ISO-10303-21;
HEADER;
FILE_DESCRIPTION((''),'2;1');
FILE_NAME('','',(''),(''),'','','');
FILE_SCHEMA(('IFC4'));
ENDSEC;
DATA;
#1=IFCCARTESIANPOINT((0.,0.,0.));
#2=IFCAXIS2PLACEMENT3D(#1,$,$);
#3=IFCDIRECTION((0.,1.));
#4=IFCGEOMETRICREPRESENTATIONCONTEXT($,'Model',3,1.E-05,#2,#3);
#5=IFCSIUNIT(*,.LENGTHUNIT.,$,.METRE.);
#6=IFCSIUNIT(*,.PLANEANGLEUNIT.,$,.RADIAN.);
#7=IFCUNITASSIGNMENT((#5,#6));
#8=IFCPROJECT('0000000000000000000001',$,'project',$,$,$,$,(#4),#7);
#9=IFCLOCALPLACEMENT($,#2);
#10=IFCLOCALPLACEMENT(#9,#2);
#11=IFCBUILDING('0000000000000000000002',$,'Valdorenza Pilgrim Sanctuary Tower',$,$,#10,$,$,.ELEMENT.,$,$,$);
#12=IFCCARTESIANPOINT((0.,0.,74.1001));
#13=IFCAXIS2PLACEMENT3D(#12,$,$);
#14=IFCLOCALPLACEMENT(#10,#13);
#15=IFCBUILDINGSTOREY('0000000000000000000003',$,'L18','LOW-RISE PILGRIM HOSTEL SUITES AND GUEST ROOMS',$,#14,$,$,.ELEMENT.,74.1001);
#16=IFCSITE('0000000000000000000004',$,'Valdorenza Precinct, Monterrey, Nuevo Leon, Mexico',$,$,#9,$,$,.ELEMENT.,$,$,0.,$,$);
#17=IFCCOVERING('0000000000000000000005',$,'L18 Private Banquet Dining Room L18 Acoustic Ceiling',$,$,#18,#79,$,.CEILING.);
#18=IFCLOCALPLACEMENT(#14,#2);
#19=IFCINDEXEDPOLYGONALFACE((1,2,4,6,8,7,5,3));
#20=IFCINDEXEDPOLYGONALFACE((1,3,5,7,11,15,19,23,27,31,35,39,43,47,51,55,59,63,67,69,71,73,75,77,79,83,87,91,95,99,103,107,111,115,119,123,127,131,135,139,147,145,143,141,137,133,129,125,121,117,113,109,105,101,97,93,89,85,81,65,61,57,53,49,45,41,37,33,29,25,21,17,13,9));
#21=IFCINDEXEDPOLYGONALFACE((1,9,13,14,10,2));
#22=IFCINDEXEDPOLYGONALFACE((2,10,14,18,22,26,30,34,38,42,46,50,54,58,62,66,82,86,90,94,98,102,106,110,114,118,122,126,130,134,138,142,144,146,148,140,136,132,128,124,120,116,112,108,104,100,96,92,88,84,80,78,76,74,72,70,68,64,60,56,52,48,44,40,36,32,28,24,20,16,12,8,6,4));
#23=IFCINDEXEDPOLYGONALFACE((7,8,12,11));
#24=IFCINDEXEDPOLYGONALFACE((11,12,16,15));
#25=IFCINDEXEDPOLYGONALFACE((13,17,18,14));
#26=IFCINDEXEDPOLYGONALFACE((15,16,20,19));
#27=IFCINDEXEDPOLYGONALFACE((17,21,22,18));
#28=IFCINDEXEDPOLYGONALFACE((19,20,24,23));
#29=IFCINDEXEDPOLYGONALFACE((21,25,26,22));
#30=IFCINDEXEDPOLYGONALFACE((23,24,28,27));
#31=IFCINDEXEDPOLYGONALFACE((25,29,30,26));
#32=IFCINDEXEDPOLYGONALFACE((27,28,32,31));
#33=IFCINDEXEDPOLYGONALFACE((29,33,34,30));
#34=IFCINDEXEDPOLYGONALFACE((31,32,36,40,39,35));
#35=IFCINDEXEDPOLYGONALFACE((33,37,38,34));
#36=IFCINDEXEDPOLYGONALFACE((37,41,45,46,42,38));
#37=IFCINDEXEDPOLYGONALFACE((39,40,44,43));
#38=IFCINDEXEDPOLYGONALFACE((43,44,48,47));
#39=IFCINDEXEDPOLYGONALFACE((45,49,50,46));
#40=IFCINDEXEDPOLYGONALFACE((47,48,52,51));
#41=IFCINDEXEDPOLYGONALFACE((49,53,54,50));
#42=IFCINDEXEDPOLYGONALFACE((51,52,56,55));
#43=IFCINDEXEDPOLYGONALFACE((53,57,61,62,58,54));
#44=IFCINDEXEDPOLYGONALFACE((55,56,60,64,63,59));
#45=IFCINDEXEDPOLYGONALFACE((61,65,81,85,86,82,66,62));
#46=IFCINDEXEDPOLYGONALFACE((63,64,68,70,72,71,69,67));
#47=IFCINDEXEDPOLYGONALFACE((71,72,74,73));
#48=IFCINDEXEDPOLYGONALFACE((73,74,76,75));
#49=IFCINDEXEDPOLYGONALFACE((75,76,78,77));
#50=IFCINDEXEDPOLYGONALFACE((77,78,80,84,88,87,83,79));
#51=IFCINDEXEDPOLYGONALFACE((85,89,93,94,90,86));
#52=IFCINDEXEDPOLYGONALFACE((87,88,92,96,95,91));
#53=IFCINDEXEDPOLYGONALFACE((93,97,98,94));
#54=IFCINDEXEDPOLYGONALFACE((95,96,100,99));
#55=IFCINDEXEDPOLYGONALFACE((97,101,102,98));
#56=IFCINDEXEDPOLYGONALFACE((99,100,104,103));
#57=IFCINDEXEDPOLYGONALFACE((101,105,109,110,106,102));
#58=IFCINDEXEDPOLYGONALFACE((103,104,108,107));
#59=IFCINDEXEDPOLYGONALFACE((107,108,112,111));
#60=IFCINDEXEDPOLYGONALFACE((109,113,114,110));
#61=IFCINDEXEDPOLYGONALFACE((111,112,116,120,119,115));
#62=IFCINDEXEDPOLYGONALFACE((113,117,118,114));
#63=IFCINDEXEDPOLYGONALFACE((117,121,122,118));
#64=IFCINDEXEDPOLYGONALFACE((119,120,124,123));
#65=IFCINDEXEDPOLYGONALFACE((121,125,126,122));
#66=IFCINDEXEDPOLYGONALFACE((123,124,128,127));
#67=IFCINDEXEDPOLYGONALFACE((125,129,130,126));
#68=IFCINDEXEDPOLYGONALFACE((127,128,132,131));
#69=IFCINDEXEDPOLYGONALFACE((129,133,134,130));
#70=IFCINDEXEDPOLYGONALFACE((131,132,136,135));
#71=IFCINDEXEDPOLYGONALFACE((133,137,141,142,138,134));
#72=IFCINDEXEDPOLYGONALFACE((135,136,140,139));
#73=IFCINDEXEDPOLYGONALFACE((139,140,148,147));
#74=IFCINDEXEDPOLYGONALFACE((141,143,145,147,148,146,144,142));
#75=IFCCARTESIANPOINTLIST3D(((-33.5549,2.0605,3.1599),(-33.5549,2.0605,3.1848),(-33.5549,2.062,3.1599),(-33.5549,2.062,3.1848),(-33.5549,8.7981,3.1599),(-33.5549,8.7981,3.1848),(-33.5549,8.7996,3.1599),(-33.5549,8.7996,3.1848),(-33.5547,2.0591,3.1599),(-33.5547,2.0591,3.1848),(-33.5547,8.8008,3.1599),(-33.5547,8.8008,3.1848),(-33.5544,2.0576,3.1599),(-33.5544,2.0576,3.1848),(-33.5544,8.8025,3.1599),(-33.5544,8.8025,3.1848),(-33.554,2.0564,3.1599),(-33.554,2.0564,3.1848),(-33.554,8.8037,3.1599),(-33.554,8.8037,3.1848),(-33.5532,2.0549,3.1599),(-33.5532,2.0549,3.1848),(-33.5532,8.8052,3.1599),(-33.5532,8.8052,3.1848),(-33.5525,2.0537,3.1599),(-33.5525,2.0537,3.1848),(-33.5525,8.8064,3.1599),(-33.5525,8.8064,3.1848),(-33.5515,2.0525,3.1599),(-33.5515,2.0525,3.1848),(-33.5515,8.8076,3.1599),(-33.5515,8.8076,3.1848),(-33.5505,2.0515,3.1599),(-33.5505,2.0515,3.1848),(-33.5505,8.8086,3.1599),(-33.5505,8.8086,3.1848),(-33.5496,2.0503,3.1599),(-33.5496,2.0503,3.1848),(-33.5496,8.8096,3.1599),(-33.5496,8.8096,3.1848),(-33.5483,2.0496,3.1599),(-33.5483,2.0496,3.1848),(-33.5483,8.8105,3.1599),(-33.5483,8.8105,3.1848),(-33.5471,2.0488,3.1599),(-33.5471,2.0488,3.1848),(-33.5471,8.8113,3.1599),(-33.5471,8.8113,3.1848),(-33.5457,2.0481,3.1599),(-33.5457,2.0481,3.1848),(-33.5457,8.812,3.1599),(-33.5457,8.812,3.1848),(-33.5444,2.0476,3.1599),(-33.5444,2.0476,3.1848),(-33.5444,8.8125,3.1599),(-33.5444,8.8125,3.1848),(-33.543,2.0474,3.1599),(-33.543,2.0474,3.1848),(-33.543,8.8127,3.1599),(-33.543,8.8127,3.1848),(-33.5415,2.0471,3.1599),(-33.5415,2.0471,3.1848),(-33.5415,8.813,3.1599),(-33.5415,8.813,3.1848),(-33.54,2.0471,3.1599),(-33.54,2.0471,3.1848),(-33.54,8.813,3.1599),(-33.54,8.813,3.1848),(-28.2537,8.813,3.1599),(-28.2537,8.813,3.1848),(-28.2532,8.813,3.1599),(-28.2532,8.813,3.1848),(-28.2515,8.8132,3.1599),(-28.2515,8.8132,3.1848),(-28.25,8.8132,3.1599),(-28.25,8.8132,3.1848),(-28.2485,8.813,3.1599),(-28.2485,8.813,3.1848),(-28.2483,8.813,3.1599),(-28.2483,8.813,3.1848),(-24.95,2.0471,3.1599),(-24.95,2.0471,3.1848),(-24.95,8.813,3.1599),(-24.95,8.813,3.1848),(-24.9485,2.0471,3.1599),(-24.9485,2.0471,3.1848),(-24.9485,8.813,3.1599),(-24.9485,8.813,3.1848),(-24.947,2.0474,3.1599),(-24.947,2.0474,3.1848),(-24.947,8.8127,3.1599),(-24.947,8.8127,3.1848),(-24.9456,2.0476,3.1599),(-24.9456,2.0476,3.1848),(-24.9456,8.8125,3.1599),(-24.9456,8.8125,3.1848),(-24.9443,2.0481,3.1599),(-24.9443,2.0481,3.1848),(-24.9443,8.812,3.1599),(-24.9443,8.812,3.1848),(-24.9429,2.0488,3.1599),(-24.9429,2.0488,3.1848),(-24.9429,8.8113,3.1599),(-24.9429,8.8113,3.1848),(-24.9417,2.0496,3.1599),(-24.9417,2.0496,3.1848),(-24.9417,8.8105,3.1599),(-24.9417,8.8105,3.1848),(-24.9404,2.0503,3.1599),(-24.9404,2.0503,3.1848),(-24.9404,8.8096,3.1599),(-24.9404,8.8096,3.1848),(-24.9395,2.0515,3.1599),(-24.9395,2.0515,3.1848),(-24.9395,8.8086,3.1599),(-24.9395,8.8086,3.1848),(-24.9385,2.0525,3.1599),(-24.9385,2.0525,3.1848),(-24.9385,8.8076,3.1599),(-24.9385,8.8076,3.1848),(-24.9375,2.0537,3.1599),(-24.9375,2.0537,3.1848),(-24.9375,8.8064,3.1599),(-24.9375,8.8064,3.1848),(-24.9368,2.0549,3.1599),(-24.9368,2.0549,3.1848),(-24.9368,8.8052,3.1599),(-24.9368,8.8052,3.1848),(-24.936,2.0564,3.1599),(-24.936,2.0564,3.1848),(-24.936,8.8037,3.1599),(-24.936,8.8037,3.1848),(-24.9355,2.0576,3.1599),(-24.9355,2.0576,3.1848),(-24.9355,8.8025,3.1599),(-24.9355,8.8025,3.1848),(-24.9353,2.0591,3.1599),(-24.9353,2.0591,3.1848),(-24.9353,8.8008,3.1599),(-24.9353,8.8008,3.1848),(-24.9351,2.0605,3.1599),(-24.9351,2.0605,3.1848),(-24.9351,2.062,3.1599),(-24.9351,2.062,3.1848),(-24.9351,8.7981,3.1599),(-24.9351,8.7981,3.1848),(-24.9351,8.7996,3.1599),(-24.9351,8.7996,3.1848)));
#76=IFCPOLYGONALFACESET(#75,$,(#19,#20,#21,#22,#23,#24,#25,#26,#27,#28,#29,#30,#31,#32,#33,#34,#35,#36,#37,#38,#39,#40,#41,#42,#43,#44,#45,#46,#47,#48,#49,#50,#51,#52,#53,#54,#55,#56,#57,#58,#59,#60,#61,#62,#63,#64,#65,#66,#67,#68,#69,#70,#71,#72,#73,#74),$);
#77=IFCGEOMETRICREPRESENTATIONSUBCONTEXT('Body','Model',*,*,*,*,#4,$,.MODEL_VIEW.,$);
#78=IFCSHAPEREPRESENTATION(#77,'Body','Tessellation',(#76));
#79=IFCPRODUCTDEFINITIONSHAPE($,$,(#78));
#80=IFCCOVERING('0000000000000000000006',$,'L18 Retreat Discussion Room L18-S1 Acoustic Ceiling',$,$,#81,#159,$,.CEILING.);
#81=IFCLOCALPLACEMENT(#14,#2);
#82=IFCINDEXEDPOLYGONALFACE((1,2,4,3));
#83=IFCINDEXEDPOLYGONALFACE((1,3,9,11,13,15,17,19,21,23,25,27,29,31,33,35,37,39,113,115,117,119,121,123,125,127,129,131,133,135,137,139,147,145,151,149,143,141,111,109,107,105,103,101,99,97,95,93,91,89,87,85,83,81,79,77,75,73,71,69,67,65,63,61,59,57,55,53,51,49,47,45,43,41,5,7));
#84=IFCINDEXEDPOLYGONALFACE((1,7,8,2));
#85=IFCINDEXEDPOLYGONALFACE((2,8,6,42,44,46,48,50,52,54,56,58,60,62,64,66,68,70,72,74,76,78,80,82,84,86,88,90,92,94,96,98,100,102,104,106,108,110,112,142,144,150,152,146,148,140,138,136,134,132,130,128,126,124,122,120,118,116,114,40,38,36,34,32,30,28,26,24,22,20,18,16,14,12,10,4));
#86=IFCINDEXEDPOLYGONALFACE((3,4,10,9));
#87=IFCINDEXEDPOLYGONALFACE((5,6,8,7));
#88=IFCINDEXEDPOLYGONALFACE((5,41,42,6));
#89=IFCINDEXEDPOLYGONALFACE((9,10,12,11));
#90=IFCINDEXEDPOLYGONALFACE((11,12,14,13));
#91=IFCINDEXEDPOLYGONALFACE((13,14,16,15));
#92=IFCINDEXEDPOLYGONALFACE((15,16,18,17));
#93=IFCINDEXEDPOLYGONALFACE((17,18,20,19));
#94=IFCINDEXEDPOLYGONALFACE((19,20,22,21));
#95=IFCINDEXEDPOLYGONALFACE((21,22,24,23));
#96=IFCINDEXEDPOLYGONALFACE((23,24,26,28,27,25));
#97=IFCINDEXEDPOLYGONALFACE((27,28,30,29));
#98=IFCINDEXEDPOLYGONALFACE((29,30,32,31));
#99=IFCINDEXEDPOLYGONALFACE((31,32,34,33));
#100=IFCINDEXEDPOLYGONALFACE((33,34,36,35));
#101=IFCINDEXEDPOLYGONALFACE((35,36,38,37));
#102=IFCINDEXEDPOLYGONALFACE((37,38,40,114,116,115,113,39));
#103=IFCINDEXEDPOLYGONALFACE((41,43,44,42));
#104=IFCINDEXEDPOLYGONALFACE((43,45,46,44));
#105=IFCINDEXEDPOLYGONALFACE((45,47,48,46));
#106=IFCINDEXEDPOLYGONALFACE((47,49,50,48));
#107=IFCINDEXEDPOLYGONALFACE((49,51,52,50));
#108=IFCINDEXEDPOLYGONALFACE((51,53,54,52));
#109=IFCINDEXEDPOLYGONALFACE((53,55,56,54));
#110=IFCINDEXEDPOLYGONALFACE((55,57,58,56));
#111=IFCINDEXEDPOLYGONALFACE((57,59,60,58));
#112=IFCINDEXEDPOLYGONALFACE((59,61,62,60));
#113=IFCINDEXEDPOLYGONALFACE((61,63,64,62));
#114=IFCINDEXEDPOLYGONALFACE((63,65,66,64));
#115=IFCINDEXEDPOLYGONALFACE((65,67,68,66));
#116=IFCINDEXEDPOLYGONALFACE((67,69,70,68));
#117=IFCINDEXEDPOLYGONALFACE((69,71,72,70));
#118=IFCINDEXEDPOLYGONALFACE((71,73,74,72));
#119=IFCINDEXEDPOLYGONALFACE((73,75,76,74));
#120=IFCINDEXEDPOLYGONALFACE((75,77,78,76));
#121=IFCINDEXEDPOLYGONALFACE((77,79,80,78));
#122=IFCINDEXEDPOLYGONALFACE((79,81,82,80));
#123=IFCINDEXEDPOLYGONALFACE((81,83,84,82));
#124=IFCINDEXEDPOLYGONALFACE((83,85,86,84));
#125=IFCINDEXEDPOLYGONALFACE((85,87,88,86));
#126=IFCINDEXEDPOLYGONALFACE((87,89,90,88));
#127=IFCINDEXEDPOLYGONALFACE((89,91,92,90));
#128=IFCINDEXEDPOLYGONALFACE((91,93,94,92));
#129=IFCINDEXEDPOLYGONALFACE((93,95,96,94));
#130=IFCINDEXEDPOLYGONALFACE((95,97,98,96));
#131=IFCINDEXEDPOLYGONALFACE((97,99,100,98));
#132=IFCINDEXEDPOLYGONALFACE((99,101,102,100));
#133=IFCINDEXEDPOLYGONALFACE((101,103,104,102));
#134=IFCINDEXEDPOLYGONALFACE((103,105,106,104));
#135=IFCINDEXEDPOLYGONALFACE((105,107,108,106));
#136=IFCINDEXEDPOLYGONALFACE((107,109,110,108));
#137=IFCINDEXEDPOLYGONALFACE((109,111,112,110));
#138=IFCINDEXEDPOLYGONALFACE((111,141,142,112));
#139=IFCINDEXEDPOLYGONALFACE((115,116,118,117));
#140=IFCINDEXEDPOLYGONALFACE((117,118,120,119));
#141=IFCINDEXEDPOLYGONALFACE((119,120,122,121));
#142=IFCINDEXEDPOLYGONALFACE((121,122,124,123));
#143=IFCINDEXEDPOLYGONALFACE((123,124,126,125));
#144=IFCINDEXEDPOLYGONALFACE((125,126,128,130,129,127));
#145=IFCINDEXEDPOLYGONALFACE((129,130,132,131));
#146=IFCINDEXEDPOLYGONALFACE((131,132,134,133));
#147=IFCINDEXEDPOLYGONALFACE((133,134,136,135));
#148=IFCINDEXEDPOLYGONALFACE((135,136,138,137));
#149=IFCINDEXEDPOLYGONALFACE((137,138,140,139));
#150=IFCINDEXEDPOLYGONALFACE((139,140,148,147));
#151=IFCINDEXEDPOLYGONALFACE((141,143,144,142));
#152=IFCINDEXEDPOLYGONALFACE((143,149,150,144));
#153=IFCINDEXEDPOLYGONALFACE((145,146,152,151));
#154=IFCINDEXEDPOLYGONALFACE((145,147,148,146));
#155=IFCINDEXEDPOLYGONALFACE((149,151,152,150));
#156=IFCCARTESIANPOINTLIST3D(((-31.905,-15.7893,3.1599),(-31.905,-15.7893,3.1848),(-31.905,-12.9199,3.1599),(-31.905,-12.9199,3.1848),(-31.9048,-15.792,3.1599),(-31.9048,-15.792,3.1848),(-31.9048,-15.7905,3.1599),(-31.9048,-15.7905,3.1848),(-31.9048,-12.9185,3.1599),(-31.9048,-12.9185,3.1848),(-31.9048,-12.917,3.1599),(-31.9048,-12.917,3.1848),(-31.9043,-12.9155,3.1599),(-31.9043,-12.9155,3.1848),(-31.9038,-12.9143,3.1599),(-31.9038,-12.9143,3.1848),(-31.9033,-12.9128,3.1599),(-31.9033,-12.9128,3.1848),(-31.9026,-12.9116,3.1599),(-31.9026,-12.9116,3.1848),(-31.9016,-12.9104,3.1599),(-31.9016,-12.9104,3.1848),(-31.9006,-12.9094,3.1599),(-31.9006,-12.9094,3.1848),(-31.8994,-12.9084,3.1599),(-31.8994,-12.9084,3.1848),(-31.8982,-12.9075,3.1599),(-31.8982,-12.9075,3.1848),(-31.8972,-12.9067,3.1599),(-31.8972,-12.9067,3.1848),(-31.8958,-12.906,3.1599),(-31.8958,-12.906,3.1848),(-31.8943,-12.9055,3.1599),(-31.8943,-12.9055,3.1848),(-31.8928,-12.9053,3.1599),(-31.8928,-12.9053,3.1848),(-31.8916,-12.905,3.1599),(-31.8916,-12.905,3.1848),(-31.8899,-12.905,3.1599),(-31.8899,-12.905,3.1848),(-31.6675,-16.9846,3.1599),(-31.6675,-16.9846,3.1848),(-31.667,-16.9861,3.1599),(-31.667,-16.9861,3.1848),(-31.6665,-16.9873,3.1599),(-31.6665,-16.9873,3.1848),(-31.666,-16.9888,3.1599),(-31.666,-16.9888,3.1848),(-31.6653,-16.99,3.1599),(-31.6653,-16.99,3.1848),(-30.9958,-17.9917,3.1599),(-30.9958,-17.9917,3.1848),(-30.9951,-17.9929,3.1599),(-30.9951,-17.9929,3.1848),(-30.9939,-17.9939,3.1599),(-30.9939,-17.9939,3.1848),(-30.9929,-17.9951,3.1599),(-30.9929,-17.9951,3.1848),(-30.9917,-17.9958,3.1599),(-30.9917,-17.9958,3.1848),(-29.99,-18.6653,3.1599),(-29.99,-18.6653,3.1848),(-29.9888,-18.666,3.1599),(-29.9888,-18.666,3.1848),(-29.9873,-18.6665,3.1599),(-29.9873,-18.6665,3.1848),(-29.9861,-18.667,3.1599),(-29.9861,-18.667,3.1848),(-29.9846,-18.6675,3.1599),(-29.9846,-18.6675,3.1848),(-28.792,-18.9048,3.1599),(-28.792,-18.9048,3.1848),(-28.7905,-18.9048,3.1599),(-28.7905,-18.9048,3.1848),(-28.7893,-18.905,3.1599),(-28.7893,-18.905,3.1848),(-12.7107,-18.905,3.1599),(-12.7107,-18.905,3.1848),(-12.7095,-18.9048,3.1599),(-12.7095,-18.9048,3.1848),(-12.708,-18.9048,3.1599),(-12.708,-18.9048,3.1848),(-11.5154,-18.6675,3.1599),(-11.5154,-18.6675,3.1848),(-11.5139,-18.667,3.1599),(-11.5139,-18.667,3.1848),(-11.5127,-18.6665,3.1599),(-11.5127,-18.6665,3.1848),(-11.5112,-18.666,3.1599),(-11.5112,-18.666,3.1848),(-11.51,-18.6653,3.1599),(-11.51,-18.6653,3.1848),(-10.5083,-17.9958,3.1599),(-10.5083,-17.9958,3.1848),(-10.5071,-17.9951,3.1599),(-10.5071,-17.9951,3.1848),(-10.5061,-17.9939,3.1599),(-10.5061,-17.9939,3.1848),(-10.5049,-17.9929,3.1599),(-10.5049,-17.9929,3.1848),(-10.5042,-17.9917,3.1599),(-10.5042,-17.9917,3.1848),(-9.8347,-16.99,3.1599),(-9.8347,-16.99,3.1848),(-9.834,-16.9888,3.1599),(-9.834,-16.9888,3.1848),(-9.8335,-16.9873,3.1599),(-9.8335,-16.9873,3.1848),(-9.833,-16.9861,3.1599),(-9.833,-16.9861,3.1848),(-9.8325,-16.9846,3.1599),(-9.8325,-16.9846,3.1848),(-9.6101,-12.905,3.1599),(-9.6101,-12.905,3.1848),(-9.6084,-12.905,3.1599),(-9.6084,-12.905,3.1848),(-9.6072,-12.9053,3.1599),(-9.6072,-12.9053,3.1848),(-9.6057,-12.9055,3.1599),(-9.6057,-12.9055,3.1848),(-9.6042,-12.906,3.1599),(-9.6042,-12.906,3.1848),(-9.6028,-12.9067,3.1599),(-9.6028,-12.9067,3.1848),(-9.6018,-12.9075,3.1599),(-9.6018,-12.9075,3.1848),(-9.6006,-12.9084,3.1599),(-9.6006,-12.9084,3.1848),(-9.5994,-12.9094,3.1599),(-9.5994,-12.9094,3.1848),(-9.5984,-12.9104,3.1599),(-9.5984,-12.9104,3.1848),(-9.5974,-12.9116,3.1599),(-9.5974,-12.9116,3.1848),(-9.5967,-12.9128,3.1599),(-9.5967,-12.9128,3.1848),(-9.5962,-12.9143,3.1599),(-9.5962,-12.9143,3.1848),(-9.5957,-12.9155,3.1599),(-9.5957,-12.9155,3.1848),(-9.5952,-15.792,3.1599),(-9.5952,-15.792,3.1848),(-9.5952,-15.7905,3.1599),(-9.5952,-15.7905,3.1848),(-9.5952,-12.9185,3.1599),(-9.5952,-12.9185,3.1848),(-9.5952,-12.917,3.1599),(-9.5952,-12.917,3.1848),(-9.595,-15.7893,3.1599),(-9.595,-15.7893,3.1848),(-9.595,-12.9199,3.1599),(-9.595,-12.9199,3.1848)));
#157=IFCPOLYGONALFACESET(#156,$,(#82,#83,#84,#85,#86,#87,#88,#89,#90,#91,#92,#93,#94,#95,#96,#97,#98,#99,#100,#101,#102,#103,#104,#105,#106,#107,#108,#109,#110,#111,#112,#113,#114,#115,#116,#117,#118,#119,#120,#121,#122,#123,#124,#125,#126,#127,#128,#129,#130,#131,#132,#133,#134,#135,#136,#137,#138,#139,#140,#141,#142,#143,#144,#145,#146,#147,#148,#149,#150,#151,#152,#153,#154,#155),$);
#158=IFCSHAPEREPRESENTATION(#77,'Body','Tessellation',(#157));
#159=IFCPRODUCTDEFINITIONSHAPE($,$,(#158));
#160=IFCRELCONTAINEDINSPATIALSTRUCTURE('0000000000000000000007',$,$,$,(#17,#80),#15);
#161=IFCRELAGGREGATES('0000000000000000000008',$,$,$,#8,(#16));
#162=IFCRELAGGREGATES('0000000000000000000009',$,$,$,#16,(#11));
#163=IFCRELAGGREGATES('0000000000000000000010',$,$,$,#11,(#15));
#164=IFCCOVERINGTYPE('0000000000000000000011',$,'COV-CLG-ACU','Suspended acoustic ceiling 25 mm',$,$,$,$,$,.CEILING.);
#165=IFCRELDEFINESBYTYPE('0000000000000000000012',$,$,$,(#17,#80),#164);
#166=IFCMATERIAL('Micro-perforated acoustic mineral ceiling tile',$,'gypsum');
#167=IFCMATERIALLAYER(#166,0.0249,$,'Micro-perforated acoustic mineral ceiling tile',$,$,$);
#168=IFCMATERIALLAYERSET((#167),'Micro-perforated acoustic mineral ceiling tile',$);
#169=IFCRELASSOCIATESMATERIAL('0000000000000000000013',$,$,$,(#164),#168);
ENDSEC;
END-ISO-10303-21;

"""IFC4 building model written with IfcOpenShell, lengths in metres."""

from ifc_helpers import new_model, si_unit, direction, frame, origin, place, context, subcontext, project, spatial, polyline, outline, extrude, material, layer, layer_set, type_object, element, save


model = new_model("IFC4")

# Units and contexts
model_context = context("Model", 3, precision=1e-05, world=origin(), true_north=direction((0.0, 1.0)))
body_context = subcontext(model_context, "Body", "Model", "MODEL_VIEW")
ifc_project = project(units=[si_unit("LENGTHUNIT", "METRE"), si_unit("PLANEANGLEUNIT", "RADIAN")], contexts=[model_context])

# Site, building, storey
site_placement = place(None, origin())
site = spatial("IfcSite", under=ifc_project, at=site_placement, Name="Valdorenza Precinct, Monterrey, Nuevo Leon, Mexico", CompositionType="ELEMENT", RefElevation=0.0)
building_placement = place(site_placement, origin())
building = spatial("IfcBuilding", under=site, at=building_placement, Name="Valdorenza Pilgrim Sanctuary Tower", CompositionType="ELEMENT")
storey_placement = place(building_placement, frame((0.0, 0.0, 74.1001)))
storey = spatial("IfcBuildingStorey", under=building, at=storey_placement, Name="L18", Description="LOW-RISE PILGRIM HOSTEL SUITES AND GUEST ROOMS", CompositionType="ELEMENT", Elevation=74.1001)

# Coverings
ifc_material_1 = material(Name="Micro-perforated acoustic mineral ceiling tile", Category="gypsum")
ifc_layer_1 = layer(ifc_material_1, 0.0249, Name="Micro-perforated acoustic mineral ceiling tile")
ifc_layer_set_1 = layer_set([ifc_layer_1], Name="Micro-perforated acoustic mineral ceiling tile")
covering_type_1 = type_object("IfcCoveringType", Name="COV-CLG-ACU", Description="Suspended acoustic ceiling 25 mm", PredefinedType="CEILING", material=ifc_layer_set_1)
covering_1_placement = place(storey_placement, frame((0.0, 0.0, 3.1599)))
element("IfcCovering", 1, at=covering_1_placement, inside=storey, type_object=covering_type_1, Name="L18 Private Banquet Dining Room L18 Acoustic Ceiling", PredefinedType="CEILING", context=body_context, shape_type="SweptSolid", body=[
    extrude(outline(polyline([(-28.2537, 8.813), (-28.2532, 8.813), (-28.2515, 8.8132), (-28.25, 8.8132), (-28.2485, 8.813), (-28.2483, 8.813), (-24.95, 8.813), (-24.9485, 8.813), (-24.947, 8.8127), (-24.9456, 8.8125), (-24.9443, 8.812), (-24.9429, 8.8113), (-24.9417, 8.8105), (-24.9404, 8.8096), (-24.9395, 8.8086), (-24.9385, 8.8076), (-24.9375, 8.8064), (-24.9368, 8.8052), (-24.936, 8.8037), (-24.9355, 8.8025), (-24.9353, 8.8008), (-24.9351, 8.7996), (-24.9351, 8.7981), (-24.9351, 2.062), (-24.9351, 2.0605), (-24.9353, 2.0591), (-24.9355, 2.0576), (-24.936, 2.0564), (-24.9368, 2.0549), (-24.9375, 2.0537), (-24.9385, 2.0525), (-24.9395, 2.0515), (-24.9404, 2.0503), (-24.9417, 2.0496), (-24.9429, 2.0488), (-24.9443, 2.0481), (-24.9456, 2.0476), (-24.947, 2.0474), (-24.9485, 2.0471), (-24.95, 2.0471), (-33.54, 2.0471), (-33.5415, 2.0471), (-33.543, 2.0474), (-33.5444, 2.0476), (-33.5457, 2.0481), (-33.5471, 2.0488), (-33.5483, 2.0496), (-33.5496, 2.0503), (-33.5505, 2.0515), (-33.5515, 2.0525), (-33.5525, 2.0537), (-33.5532, 2.0549), (-33.554, 2.0564), (-33.5544, 2.0576), (-33.5547, 2.0591), (-33.5549, 2.0605), (-33.5549, 2.062), (-33.5549, 8.7981), (-33.5549, 8.7996), (-33.5547, 8.8008), (-33.5544, 8.8025), (-33.554, 8.8037), (-33.5532, 8.8052), (-33.5525, 8.8064), (-33.5515, 8.8076), (-33.5505, 8.8086), (-33.5496, 8.8096), (-33.5483, 8.8105), (-33.5471, 8.8113), (-33.5457, 8.812), (-33.5444, 8.8125), (-33.543, 8.8127), (-33.5415, 8.813), (-33.54, 8.813), (-28.2537, 8.813)])), origin(), (0.0, 0.0, 1.0), 0.0249),
])
covering_2_placement = place(storey_placement, frame((0.0, 0.0, 3.1599)))
element("IfcCovering", 2, at=covering_2_placement, inside=storey, type_object=covering_type_1, Name="L18 Retreat Discussion Room L18-S1 Acoustic Ceiling", PredefinedType="CEILING", context=body_context, shape_type="SweptSolid", body=[
    extrude(outline(polyline([(-9.595, -15.7893), (-9.5952, -15.7905), (-9.5952, -15.792), (-9.8325, -16.9846), (-9.833, -16.9861), (-9.8335, -16.9873), (-9.834, -16.9888), (-9.8347, -16.99), (-10.5042, -17.9917), (-10.5049, -17.9929), (-10.5061, -17.9939), (-10.5071, -17.9951), (-10.5083, -17.9958), (-11.51, -18.6653), (-11.5112, -18.666), (-11.5127, -18.6665), (-11.5139, -18.667), (-11.5154, -18.6675), (-12.708, -18.9048), (-12.7095, -18.9048), (-12.7107, -18.905), (-28.7893, -18.905), (-28.7905, -18.9048), (-28.792, -18.9048), (-29.9846, -18.6675), (-29.9861, -18.667), (-29.9873, -18.6665), (-29.9888, -18.666), (-29.99, -18.6653), (-30.9917, -17.9958), (-30.9929, -17.9951), (-30.9939, -17.9939), (-30.9951, -17.9929), (-30.9958, -17.9917), (-31.6653, -16.99), (-31.666, -16.9888), (-31.6665, -16.9873), (-31.667, -16.9861), (-31.6675, -16.9846), (-31.9048, -15.792), (-31.9048, -15.7905), (-31.905, -15.7893), (-31.905, -12.9199), (-31.9048, -12.9185), (-31.9048, -12.917), (-31.9043, -12.9155), (-31.9038, -12.9143), (-31.9033, -12.9128), (-31.9026, -12.9116), (-31.9016, -12.9104), (-31.9006, -12.9094), (-31.8994, -12.9084), (-31.8982, -12.9075), (-31.8972, -12.9067), (-31.8958, -12.906), (-31.8943, -12.9055), (-31.8928, -12.9053), (-31.8916, -12.905), (-31.8899, -12.905), (-9.6101, -12.905), (-9.6084, -12.905), (-9.6072, -12.9053), (-9.6057, -12.9055), (-9.6042, -12.906), (-9.6028, -12.9067), (-9.6018, -12.9075), (-9.6006, -12.9084), (-9.5994, -12.9094), (-9.5984, -12.9104), (-9.5974, -12.9116), (-9.5967, -12.9128), (-9.5962, -12.9143), (-9.5957, -12.9155), (-9.5952, -12.917), (-9.5952, -12.9185), (-9.595, -12.9199), (-9.595, -15.7893)])), origin(), (0.0, 0.0, 1.0), 0.0249),
])

save(model, "model.ifc")
